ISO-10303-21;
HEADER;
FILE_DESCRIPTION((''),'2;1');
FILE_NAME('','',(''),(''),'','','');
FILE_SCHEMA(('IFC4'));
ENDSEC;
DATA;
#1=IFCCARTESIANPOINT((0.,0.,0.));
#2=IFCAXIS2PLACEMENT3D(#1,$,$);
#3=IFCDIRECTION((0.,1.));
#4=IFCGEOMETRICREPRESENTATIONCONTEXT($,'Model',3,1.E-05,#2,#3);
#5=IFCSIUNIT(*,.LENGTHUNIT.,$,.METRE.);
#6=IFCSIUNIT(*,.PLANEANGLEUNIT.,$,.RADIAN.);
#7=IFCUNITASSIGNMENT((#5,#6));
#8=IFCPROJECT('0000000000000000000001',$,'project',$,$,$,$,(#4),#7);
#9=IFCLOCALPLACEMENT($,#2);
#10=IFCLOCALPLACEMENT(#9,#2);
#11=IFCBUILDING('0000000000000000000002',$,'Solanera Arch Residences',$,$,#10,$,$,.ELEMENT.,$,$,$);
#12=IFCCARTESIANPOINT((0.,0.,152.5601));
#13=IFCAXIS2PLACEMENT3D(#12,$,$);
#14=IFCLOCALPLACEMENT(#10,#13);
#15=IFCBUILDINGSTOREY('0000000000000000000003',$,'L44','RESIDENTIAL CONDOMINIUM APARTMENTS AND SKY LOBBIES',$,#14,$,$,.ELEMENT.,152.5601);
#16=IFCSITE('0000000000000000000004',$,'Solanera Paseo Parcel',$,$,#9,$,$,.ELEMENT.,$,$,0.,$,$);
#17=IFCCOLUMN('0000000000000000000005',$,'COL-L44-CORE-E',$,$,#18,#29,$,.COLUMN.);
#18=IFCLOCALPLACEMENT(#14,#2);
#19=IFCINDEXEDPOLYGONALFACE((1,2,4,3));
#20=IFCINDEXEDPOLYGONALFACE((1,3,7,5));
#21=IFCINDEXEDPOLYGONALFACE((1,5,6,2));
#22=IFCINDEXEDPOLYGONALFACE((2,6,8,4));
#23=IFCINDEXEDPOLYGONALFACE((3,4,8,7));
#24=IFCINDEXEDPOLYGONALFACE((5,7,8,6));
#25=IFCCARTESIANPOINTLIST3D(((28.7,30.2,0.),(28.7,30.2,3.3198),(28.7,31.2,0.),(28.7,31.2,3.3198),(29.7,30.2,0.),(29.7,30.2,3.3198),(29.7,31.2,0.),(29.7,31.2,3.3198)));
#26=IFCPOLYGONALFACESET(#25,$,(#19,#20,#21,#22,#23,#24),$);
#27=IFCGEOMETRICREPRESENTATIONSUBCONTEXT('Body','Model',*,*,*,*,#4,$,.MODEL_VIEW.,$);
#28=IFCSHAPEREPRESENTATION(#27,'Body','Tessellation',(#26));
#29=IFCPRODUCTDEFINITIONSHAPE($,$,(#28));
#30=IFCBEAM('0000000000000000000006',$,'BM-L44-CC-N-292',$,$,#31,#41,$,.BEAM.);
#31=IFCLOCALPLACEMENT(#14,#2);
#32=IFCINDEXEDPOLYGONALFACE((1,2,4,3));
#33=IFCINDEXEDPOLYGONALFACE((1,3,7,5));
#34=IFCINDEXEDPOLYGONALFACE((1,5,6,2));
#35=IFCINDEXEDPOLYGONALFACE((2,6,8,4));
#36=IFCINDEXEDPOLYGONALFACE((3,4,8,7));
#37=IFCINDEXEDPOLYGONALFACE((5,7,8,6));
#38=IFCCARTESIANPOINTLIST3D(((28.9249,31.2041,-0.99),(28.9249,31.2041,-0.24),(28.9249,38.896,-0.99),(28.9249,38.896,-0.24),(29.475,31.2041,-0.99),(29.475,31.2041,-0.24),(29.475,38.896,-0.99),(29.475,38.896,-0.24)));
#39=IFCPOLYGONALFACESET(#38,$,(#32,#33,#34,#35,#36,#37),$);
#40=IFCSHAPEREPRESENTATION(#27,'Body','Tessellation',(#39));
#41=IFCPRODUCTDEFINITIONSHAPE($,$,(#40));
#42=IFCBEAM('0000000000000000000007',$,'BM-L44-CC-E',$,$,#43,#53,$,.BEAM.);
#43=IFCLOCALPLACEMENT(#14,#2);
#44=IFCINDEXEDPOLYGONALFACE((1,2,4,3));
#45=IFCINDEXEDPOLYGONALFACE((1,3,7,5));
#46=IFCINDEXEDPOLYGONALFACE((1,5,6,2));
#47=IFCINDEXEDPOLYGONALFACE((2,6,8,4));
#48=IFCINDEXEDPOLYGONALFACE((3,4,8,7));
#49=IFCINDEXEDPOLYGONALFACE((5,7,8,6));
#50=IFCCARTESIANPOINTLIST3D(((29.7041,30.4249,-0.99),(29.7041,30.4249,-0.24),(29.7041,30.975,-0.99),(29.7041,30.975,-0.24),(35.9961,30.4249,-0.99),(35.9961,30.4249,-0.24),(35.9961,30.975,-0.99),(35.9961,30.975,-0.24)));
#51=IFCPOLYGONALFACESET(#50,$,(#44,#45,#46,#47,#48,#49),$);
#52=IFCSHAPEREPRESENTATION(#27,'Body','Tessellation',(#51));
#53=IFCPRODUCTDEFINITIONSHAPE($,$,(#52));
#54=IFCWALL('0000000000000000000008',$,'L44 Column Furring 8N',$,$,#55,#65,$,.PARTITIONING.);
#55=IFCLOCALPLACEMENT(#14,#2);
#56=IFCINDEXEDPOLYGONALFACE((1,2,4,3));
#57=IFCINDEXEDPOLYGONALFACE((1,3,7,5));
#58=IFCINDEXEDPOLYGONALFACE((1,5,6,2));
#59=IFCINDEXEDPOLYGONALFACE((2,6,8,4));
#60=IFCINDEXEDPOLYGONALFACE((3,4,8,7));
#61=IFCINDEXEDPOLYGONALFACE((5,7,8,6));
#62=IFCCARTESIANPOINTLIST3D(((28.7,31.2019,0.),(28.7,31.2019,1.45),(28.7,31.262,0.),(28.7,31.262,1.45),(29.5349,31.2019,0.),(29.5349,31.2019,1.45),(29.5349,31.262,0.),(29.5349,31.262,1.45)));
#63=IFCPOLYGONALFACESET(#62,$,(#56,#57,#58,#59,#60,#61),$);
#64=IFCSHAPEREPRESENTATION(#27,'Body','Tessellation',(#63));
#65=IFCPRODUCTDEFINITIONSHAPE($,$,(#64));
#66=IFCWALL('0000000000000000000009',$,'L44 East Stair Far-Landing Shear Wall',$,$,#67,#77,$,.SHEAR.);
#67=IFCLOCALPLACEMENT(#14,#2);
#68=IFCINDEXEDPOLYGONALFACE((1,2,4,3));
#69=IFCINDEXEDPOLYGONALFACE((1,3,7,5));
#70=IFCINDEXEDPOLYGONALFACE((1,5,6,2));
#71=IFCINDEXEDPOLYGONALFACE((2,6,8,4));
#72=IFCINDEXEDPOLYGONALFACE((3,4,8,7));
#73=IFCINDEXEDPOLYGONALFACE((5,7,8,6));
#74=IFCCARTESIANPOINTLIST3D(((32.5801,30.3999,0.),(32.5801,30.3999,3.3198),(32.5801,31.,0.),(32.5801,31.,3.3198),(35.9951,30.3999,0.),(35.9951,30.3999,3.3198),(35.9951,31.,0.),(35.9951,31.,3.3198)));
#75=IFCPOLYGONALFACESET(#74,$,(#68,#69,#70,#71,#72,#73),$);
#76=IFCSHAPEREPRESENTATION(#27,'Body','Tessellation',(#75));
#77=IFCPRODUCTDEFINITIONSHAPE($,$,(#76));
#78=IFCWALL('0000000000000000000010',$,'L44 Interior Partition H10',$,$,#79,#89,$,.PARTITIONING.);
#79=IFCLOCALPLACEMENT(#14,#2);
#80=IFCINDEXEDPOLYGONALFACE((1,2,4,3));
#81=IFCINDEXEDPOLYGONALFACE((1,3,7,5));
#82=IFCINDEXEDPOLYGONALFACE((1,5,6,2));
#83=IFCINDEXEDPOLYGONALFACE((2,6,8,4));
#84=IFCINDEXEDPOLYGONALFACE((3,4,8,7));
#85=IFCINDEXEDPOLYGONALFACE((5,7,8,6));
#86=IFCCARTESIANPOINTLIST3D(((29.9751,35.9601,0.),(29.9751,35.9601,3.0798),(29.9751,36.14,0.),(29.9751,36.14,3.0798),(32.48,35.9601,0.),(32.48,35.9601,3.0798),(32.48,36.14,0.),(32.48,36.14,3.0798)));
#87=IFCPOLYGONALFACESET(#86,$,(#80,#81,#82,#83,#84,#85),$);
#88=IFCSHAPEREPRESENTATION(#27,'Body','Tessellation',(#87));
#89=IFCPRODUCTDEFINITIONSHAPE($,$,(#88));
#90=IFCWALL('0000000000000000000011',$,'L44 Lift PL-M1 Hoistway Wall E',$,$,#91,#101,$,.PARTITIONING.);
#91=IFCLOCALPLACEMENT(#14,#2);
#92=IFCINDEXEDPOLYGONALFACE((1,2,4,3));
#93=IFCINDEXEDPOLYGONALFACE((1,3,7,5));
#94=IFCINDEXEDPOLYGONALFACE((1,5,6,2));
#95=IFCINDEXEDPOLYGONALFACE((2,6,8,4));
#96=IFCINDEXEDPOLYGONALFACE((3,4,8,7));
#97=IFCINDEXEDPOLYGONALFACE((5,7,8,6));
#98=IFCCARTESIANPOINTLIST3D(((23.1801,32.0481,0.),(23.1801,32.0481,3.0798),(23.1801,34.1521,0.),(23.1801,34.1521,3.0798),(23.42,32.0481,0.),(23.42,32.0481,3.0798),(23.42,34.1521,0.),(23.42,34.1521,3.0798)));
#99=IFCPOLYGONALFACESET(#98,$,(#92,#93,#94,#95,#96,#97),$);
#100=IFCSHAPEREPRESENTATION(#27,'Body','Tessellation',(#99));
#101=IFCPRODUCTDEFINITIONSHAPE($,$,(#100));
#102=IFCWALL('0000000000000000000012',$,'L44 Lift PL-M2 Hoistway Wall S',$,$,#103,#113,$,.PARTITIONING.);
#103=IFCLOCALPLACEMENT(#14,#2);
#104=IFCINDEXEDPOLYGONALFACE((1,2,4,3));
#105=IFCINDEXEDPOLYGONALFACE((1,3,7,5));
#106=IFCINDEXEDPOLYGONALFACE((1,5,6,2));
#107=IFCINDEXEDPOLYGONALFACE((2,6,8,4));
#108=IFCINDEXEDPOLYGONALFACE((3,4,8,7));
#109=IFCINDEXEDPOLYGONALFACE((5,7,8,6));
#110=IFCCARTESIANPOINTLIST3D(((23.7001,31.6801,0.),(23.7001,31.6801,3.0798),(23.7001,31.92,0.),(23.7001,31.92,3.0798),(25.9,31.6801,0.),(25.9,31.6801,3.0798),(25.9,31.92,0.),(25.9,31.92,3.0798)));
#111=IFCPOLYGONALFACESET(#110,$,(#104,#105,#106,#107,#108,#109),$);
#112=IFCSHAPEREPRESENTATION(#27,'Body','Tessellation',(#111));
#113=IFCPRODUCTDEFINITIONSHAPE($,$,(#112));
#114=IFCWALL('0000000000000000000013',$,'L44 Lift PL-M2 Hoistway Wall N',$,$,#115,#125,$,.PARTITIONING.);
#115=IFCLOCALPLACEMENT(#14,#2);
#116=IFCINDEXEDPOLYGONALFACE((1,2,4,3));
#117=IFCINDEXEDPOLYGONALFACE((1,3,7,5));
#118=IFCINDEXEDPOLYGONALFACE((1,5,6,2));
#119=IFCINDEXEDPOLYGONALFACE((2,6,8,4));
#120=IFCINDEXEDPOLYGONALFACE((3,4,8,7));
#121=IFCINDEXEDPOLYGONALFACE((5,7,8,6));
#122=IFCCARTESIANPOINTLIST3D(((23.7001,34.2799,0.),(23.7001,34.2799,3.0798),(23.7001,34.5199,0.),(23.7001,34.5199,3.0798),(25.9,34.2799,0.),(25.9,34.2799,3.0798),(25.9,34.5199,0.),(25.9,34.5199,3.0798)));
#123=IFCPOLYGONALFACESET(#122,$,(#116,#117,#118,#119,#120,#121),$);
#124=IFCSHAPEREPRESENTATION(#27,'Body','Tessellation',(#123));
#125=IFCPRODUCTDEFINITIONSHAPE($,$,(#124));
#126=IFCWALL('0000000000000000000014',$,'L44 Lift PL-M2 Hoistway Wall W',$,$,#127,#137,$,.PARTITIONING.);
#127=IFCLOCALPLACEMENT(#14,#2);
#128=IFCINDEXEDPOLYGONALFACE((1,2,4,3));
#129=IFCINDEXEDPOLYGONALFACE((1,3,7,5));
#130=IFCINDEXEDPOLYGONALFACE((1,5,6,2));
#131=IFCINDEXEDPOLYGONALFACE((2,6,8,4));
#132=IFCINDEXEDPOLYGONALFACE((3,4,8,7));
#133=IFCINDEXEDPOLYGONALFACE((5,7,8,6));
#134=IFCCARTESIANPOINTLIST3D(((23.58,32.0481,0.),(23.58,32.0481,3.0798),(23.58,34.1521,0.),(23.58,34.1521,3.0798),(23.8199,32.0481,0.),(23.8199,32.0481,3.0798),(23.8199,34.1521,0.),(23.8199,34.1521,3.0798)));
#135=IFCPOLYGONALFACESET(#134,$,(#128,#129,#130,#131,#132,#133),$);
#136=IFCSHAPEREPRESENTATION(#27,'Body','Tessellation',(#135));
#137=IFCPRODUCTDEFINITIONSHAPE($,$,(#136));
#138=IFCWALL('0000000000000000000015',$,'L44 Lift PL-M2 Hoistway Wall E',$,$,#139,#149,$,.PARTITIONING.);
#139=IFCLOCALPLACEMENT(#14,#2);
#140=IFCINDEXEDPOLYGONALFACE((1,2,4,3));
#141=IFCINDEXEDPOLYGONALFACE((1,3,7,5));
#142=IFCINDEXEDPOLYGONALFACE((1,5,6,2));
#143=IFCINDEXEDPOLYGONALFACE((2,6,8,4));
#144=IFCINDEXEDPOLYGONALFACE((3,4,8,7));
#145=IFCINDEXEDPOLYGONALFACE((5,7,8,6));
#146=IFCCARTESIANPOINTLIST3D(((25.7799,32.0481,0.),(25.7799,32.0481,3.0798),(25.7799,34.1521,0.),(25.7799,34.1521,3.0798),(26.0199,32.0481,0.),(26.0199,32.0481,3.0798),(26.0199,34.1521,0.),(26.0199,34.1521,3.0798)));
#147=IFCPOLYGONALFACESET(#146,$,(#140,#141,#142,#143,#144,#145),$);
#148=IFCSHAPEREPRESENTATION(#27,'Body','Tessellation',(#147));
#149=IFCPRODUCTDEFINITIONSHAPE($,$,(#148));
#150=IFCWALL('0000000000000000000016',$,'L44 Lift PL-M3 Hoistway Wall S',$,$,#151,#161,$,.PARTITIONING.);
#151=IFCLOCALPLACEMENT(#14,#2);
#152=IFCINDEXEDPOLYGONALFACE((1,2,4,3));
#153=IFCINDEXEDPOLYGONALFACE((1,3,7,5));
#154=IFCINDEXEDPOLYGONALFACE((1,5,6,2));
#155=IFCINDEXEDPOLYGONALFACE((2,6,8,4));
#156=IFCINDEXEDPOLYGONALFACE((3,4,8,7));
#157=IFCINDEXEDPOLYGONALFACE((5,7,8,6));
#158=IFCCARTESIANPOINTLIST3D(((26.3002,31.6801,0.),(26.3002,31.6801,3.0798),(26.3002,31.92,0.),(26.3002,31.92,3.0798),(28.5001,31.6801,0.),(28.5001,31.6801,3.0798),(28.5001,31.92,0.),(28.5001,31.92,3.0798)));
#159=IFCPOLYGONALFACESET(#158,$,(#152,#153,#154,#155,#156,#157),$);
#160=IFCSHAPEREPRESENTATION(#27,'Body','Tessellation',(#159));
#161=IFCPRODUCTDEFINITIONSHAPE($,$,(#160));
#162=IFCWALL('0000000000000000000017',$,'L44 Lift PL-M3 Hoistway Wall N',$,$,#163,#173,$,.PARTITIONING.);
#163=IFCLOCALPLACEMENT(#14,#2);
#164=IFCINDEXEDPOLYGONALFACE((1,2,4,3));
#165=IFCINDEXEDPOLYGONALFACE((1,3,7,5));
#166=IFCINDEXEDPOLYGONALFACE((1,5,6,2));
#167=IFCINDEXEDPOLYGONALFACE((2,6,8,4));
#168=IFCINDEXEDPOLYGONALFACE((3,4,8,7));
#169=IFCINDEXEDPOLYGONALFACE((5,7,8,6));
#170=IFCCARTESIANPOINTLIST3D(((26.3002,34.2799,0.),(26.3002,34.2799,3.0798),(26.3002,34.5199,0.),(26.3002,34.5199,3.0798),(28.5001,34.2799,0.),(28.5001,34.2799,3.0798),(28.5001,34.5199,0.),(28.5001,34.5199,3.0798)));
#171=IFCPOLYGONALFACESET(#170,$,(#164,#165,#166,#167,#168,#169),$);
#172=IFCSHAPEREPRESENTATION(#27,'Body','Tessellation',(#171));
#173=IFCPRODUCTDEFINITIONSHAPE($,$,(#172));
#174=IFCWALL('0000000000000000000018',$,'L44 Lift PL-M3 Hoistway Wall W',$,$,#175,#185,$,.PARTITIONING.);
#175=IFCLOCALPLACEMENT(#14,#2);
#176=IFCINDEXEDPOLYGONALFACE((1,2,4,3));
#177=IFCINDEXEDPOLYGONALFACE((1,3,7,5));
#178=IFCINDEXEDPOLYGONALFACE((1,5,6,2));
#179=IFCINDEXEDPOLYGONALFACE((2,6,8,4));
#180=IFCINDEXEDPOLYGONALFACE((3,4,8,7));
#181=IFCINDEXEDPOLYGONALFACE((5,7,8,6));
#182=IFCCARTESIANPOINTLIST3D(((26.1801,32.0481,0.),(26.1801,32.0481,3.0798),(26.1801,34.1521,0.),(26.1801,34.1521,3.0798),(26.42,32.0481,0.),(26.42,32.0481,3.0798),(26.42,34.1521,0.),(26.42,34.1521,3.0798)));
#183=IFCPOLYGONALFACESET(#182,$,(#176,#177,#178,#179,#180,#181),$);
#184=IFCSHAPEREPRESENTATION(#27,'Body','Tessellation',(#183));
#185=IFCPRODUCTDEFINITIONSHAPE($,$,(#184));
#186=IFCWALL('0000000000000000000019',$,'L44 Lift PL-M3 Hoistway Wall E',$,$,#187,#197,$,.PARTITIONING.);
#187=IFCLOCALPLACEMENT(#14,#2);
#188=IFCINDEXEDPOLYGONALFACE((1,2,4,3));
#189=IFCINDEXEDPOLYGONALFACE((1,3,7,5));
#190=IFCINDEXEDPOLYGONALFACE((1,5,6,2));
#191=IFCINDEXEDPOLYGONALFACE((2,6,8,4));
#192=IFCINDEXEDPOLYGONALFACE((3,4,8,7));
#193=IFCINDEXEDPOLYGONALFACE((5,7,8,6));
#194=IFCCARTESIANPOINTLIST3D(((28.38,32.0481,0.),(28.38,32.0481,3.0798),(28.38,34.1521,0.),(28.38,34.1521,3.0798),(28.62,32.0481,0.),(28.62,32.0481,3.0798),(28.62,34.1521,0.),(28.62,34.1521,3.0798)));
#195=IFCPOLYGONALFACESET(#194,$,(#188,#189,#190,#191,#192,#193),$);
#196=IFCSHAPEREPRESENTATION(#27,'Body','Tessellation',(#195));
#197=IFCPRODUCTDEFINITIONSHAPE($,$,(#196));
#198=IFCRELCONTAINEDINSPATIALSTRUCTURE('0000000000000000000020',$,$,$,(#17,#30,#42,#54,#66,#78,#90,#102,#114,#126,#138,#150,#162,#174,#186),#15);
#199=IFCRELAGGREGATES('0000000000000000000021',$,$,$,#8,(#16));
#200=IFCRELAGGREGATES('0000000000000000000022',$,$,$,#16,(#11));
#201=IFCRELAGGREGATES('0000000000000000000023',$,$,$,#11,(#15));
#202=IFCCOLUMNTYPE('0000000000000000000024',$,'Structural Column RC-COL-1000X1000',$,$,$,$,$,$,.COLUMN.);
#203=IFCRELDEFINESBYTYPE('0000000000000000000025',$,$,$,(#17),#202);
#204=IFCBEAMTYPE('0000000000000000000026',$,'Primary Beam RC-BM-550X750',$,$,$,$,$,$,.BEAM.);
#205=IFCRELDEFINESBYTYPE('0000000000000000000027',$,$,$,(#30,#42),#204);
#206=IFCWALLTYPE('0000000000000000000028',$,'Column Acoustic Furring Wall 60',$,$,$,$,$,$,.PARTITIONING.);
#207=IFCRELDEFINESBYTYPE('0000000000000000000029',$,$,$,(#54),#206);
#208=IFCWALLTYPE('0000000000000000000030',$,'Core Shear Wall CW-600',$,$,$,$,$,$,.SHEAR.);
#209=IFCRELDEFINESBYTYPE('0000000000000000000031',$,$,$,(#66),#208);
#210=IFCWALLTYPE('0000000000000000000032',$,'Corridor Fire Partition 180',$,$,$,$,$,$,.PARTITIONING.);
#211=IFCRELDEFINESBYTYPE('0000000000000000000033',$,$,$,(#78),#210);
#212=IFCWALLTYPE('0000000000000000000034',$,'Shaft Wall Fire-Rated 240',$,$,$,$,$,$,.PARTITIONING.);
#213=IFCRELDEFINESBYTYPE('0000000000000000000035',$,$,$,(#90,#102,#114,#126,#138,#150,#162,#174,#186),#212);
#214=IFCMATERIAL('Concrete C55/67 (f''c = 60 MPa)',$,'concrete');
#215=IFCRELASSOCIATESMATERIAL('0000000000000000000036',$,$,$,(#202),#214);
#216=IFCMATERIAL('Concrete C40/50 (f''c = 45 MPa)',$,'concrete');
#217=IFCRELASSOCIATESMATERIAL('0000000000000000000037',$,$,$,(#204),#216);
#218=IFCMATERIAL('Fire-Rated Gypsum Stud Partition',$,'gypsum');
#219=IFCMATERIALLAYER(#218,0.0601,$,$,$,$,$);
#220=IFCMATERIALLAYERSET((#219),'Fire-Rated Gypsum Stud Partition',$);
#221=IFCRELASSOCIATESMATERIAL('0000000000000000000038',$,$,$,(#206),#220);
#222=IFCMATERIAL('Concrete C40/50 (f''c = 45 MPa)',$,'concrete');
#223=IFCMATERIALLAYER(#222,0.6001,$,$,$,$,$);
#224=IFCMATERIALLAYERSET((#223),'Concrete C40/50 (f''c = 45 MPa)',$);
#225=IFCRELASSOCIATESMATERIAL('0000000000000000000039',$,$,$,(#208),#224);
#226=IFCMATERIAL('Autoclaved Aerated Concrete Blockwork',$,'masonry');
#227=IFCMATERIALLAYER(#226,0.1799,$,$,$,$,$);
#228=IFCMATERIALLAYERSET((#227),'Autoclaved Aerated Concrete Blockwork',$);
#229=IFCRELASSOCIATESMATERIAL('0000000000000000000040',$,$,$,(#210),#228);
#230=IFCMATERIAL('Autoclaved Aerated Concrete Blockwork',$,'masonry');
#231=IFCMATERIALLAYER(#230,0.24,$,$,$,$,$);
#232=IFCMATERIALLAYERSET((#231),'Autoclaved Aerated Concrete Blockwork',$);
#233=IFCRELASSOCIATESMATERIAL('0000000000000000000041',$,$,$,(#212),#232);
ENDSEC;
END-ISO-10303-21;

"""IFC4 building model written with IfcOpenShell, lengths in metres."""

from ifc_helpers import new_model, si_unit, direction, frame, frame_2d, origin, origin_2d, place, context, subcontext, project, spatial, rectangle, extrude, material, layer, layer_set, material_profile, profile_set, type_object, element, save


model = new_model("IFC4")

# Units and contexts
model_context = context("Model", 3, precision=1e-05, world=origin(), true_north=direction((0.0, 1.0)))
body_context = subcontext(model_context, "Body", "Model", "MODEL_VIEW")
ifc_project = project(units=[si_unit("LENGTHUNIT", "METRE"), si_unit("PLANEANGLEUNIT", "RADIAN")], contexts=[model_context])

# Site, building, storey
site_placement = place(None, origin())
site = spatial("IfcSite", under=ifc_project, at=site_placement, Name="Solanera Paseo Parcel", CompositionType="ELEMENT", RefElevation=0.0)
building_placement = place(site_placement, origin())
building = spatial("IfcBuilding", under=site, at=building_placement, Name="Solanera Arch Residences", CompositionType="ELEMENT")
storey_placement = place(building_placement, frame((0.0, 0.0, 152.5601)))
storey = spatial("IfcBuildingStorey", under=building, at=storey_placement, Name="L44", Description="RESIDENTIAL CONDOMINIUM APARTMENTS AND SKY LOBBIES", CompositionType="ELEMENT", Elevation=152.5601)

# Column
ifc_material_1 = material(Name="Concrete C55/67 (f'c = 60 MPa)", Category="concrete")
ifc_material_profile_1 = material_profile(ifc_material_1, rectangle(XDim=1.0, YDim=1.0, at=origin_2d()))
ifc_profile_set_1 = profile_set([ifc_material_profile_1], Name="Concrete C55/67 (f'c = 60 MPa)")
column_type = type_object("IfcColumnType", Name="Structural Column RC-COL-1000X1000", PredefinedType="COLUMN", material=ifc_profile_set_1)
column_placement = place(storey_placement, frame((29.2, 30.7, 0.0), z_axis=(0.0, 0.0, 1.0), x_axis=(1.0, 0.0, 0.0)))
element("IfcColumn", 1, at=column_placement, inside=storey, type_object=column_type, Name="COL-L44-CORE-E", PredefinedType="COLUMN", context=body_context, shape_type="SweptSolid", body=[
    extrude(rectangle(XDim=1.0, YDim=1.0, at=origin_2d()), origin(), (0.0, 0.0, 1.0), 3.3198),
])

# Beams
ifc_material_2 = material(Name="Concrete C40/50 (f'c = 45 MPa)", Category="concrete")
ifc_material_profile_2 = material_profile(ifc_material_2, rectangle(XDim=0.55, YDim=0.75, at=origin_2d()))
ifc_profile_set_2 = profile_set([ifc_material_profile_2], Name="Concrete C40/50 (f'c = 45 MPa)")
beam_type = type_object("IfcBeamType", Name="Primary Beam RC-BM-550X750", PredefinedType="BEAM", material=ifc_profile_set_2)
beam_1_placement = place(storey_placement, frame((29.2, 31.2041, -0.615), z_axis=(0.0, 1.0, 0.0), x_axis=(-1.0, 0.0, 0.0)))
element("IfcBeam", 2, at=beam_1_placement, inside=storey, type_object=beam_type, Name="BM-L44-CC-N-292", PredefinedType="BEAM", context=body_context, shape_type="SweptSolid", body=[
    extrude(rectangle(XDim=0.55, YDim=0.75, at=origin_2d()), origin(), (0.0, 0.0, 1.0), 7.6919),
])
beam_2_placement = place(storey_placement, frame((29.7041, 30.7, -0.615), z_axis=(1.0, 0.0, 0.0), x_axis=(0.0, 1.0, 0.0)))
element("IfcBeam", 3, at=beam_2_placement, inside=storey, type_object=beam_type, Name="BM-L44-CC-E", PredefinedType="BEAM", context=body_context, shape_type="SweptSolid", body=[
    extrude(rectangle(XDim=0.55, YDim=0.75, at=origin_2d()), origin(), (0.0, 0.0, 1.0), 6.292),
])

# Walls
ifc_material_3 = material(Name="Fire-Rated Gypsum Stud Partition", Category="gypsum")
ifc_layer_1 = layer(ifc_material_3, 0.0601)
ifc_layer_set_1 = layer_set([ifc_layer_1], Name="Fire-Rated Gypsum Stud Partition")
wall_type_1 = type_object("IfcWallType", Name="Column Acoustic Furring Wall 60", PredefinedType="PARTITIONING", material=ifc_layer_set_1)
wall_1_placement = place(storey_placement, frame((28.7, 31.2319, 0.0), z_axis=(0.0, 0.0, 1.0), x_axis=(1.0, 0.0, 0.0)))
element("IfcWall", 4, at=wall_1_placement, inside=storey, type_object=wall_type_1, Name="L44 Column Furring 8N", PredefinedType="PARTITIONING", context=body_context, shape_type="SweptSolid", body=[
    extrude(rectangle(XDim=0.835, YDim=0.0601, at=frame_2d((0.4175, 0.0))), origin(), (0.0, 0.0, 1.0), 1.45),
])
ifc_material_4 = material(Name="Concrete C40/50 (f'c = 45 MPa)", Category="concrete")
ifc_layer_2 = layer(ifc_material_4, 0.6001)
ifc_layer_set_2 = layer_set([ifc_layer_2], Name="Concrete C40/50 (f'c = 45 MPa)")
wall_type_2 = type_object("IfcWallType", Name="Core Shear Wall CW-600", PredefinedType="SHEAR", material=ifc_layer_set_2)
wall_2_placement = place(storey_placement, frame((32.5801, 30.7, 0.0), z_axis=(0.0, 0.0, 1.0), x_axis=(1.0, 0.0, 0.0)))
element("IfcWall", 5, at=wall_2_placement, inside=storey, type_object=wall_type_2, Name="L44 East Stair Far-Landing Shear Wall", PredefinedType="SHEAR", context=body_context, shape_type="SweptSolid", body=[
    extrude(rectangle(XDim=3.415, YDim=0.6001, at=frame_2d((1.7075, 0.0))), origin(), (0.0, 0.0, 1.0), 3.3198),
])
ifc_material_5 = material(Name="Autoclaved Aerated Concrete Blockwork", Category="masonry")
ifc_layer_3 = layer(ifc_material_5, 0.1799)
ifc_layer_set_3 = layer_set([ifc_layer_3], Name="Autoclaved Aerated Concrete Blockwork")
wall_type_3 = type_object("IfcWallType", Name="Corridor Fire Partition 180", PredefinedType="PARTITIONING", material=ifc_layer_set_3)
wall_3_placement = place(storey_placement, frame((29.9751, 36.05, 0.0), z_axis=(0.0, 0.0, 1.0), x_axis=(1.0, 0.0, 0.0)))
element("IfcWall", 6, at=wall_3_placement, inside=storey, type_object=wall_type_3, Name="L44 Interior Partition H10", PredefinedType="PARTITIONING", context=body_context, shape_type="SweptSolid", body=[
    extrude(rectangle(XDim=2.5049, YDim=0.1799, at=frame_2d((1.2524, 0.0))), origin(), (0.0, 0.0, 1.0), 3.0798),
])
ifc_material_6 = material(Name="Autoclaved Aerated Concrete Blockwork", Category="masonry")
ifc_layer_4 = layer(ifc_material_6, 0.24)
ifc_layer_set_4 = layer_set([ifc_layer_4], Name="Autoclaved Aerated Concrete Blockwork")
wall_type_4 = type_object("IfcWallType", Name="Shaft Wall Fire-Rated 240", PredefinedType="PARTITIONING", material=ifc_layer_set_4)
wall_4_placement = place(storey_placement, frame((23.3, 32.0481, 0.0), z_axis=(0.0, 0.0, 1.0), x_axis=(0.0, 1.0, 0.0)))
element("IfcWall", 7, at=wall_4_placement, inside=storey, type_object=wall_type_4, Name="L44 Lift PL-M1 Hoistway Wall E", PredefinedType="PARTITIONING", context=body_context, shape_type="SweptSolid", body=[
    extrude(rectangle(XDim=2.104, YDim=0.24, at=frame_2d((1.052, 0.0))), origin(), (0.0, 0.0, 1.0), 3.0798),
])
for number, where, z_axis, x_axis, name in (
    (8, (23.7, 31.8, 0.0), (0.0, 0.0, 1.0), (1.0, 0.0, 0.0), "L44 Lift PL-M2 Hoistway Wall S"),
    (9, (23.7, 34.3999, 0.0), (0.0, 0.0, 1.0), (1.0, 0.0, 0.0), "L44 Lift PL-M2 Hoistway Wall N"),
):
    element("IfcWall", number, at=place(storey_placement, frame(where, z_axis=z_axis, x_axis=x_axis)), inside=storey, type_object=wall_type_4, Name=name, PredefinedType="PARTITIONING", context=body_context, shape_type="SweptSolid", body=[
        extrude(rectangle(XDim=2.2, YDim=0.24, at=frame_2d((1.1001, 0.0))), origin(), (0.0, 0.0, 1.0), 3.0798),
    ])
for number, where, z_axis, x_axis, name in (
    (10, (23.7, 32.0481, 0.0), (0.0, 0.0, 1.0), (0.0, 1.0, 0.0), "L44 Lift PL-M2 Hoistway Wall W"),
    (11, (25.8999, 32.0481, 0.0), (0.0, 0.0, 1.0), (0.0, 1.0, 0.0), "L44 Lift PL-M2 Hoistway Wall E"),
):
    element("IfcWall", number, at=place(storey_placement, frame(where, z_axis=z_axis, x_axis=x_axis)), inside=storey, type_object=wall_type_4, Name=name, PredefinedType="PARTITIONING", context=body_context, shape_type="SweptSolid", body=[
        extrude(rectangle(XDim=2.104, YDim=0.24, at=frame_2d((1.052, 0.0))), origin(), (0.0, 0.0, 1.0), 3.0798),
    ])
for number, where, z_axis, x_axis, name in (
    (12, (26.3, 31.8, 0.0), (0.0, 0.0, 1.0), (1.0, 0.0, 0.0), "L44 Lift PL-M3 Hoistway Wall S"),
    (13, (26.3, 34.3999, 0.0), (0.0, 0.0, 1.0), (1.0, 0.0, 0.0), "L44 Lift PL-M3 Hoistway Wall N"),
):
    element("IfcWall", number, at=place(storey_placement, frame(where, z_axis=z_axis, x_axis=x_axis)), inside=storey, type_object=wall_type_4, Name=name, PredefinedType="PARTITIONING", context=body_context, shape_type="SweptSolid", body=[
        extrude(rectangle(XDim=2.2, YDim=0.24, at=frame_2d((1.1001, 0.0))), origin(), (0.0, 0.0, 1.0), 3.0798),
    ])
for number, where, z_axis, x_axis, name in (
    (14, (26.3, 32.0481, 0.0), (0.0, 0.0, 1.0), (0.0, 1.0, 0.0), "L44 Lift PL-M3 Hoistway Wall W"),
    (15, (28.5, 32.0481, 0.0), (0.0, 0.0, 1.0), (0.0, 1.0, 0.0), "L44 Lift PL-M3 Hoistway Wall E"),
):
    element("IfcWall", number, at=place(storey_placement, frame(where, z_axis=z_axis, x_axis=x_axis)), inside=storey, type_object=wall_type_4, Name=name, PredefinedType="PARTITIONING", context=body_context, shape_type="SweptSolid", body=[
        extrude(rectangle(XDim=2.104, YDim=0.24, at=frame_2d((1.052, 0.0))), origin(), (0.0, 0.0, 1.0), 3.0798),
    ])

save(model, "model.ifc")
